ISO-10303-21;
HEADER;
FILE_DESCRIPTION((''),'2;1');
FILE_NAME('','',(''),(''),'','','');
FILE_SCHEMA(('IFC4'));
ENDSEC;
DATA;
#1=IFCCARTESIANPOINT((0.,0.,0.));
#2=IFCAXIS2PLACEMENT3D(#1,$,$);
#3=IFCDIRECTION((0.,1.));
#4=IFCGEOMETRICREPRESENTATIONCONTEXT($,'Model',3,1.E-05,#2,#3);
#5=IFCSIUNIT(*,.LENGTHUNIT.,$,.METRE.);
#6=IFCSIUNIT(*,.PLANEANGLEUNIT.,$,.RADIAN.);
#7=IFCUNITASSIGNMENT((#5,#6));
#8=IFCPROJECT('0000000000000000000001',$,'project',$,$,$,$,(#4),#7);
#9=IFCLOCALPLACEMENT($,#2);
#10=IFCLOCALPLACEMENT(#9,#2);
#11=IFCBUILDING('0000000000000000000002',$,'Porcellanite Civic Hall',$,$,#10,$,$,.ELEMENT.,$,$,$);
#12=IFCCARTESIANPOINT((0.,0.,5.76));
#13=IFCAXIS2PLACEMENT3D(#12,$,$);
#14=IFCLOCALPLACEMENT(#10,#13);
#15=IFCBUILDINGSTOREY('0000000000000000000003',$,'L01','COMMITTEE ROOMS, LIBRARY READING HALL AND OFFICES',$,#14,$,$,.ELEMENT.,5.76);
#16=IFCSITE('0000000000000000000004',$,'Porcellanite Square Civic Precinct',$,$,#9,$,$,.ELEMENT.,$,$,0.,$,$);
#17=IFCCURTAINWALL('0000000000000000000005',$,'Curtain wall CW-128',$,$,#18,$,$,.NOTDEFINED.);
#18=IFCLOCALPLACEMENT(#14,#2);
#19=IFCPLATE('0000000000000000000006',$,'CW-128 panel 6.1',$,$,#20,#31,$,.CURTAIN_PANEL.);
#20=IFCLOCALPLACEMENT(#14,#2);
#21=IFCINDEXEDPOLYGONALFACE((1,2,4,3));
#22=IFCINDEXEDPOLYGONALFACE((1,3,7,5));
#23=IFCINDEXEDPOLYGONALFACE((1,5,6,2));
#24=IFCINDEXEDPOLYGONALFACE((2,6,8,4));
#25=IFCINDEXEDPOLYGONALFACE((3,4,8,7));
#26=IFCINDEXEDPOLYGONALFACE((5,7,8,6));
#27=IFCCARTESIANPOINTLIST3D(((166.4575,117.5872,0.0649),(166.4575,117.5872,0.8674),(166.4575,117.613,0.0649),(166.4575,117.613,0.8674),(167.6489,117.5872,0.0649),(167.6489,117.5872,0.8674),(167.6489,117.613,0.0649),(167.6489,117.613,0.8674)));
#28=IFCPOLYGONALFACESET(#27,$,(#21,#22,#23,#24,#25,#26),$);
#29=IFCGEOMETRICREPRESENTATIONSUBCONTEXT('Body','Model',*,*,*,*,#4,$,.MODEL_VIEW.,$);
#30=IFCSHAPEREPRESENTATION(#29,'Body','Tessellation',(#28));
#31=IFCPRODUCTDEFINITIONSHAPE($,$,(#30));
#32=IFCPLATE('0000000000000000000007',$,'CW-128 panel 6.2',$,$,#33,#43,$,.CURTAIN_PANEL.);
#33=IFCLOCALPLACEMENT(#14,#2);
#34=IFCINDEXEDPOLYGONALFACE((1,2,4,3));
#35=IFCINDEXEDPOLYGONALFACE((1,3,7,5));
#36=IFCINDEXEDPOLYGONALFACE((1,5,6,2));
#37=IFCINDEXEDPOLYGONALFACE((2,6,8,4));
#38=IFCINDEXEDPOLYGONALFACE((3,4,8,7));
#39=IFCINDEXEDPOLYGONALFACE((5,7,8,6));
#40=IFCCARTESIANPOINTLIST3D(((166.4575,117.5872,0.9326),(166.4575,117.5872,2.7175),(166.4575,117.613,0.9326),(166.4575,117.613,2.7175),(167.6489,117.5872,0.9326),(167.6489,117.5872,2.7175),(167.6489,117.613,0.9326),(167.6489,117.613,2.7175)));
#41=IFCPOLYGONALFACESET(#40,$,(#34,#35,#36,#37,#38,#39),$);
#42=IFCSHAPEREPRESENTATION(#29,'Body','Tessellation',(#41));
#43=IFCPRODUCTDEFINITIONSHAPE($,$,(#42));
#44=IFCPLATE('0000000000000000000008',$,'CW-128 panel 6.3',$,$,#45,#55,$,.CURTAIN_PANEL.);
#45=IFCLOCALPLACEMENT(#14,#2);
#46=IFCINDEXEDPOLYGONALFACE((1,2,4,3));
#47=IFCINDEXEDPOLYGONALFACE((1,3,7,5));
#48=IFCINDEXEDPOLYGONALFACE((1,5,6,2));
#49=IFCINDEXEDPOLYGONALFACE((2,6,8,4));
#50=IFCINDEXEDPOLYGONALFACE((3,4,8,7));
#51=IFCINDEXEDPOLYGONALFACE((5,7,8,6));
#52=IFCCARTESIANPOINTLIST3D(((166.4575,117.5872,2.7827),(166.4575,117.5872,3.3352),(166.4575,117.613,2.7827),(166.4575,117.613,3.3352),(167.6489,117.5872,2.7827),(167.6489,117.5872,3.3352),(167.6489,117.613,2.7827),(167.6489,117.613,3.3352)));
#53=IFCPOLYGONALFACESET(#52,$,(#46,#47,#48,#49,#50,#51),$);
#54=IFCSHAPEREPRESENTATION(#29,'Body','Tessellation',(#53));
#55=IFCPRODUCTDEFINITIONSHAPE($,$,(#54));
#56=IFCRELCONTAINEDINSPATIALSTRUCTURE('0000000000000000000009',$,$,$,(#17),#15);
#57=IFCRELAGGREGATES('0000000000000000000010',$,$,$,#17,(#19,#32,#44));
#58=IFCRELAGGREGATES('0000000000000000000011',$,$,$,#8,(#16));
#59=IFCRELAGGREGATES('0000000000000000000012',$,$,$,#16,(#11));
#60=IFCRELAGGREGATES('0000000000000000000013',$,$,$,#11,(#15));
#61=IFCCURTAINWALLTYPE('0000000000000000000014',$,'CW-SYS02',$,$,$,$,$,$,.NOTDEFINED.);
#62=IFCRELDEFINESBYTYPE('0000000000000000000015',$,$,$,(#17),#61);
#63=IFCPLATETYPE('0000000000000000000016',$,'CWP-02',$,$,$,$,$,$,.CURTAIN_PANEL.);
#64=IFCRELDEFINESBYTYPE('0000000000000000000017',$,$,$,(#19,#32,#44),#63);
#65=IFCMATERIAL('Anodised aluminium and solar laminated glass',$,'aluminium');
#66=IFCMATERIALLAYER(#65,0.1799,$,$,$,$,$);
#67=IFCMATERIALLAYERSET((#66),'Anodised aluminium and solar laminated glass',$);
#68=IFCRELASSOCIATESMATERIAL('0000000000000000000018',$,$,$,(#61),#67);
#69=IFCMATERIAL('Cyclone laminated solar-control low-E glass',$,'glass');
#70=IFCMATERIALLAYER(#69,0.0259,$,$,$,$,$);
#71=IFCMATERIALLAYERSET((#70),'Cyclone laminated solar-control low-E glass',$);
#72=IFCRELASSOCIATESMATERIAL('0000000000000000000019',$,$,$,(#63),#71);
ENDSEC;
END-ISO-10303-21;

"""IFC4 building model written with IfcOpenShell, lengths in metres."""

from ifc_helpers import new_model, si_unit, direction, frame, origin, origin_2d, place, context, subcontext, project, spatial, rectangle, extrude, material, layer, layer_set, type_object, element, aggregate, save


model = new_model("IFC4")

# Units and contexts
model_context = context("Model", 3, precision=1e-05, world=origin(), true_north=direction((0.0, 1.0)))
body_context = subcontext(model_context, "Body", "Model", "MODEL_VIEW")
ifc_project = project(units=[si_unit("LENGTHUNIT", "METRE"), si_unit("PLANEANGLEUNIT", "RADIAN")], contexts=[model_context])

# Site, building, storey
site_placement = place(None, origin())
site = spatial("IfcSite", under=ifc_project, at=site_placement, Name="Porcellanite Square Civic Precinct", CompositionType="ELEMENT", RefElevation=0.0)
building_placement = place(site_placement, origin())
building = spatial("IfcBuilding", under=site, at=building_placement, Name="Porcellanite Civic Hall", CompositionType="ELEMENT")
storey_placement = place(building_placement, frame((0.0, 0.0, 5.76)))
storey = spatial("IfcBuildingStorey", under=building, at=storey_placement, Name="L01", Description="COMMITTEE ROOMS, LIBRARY READING HALL AND OFFICES", CompositionType="ELEMENT", Elevation=5.76)

# Curtain wall, plates
ifc_material_1 = material(Name="Anodised aluminium and solar laminated glass", Category="aluminium")
ifc_layer_1 = layer(ifc_material_1, 0.1799)
ifc_layer_set_1 = layer_set([ifc_layer_1], Name="Anodised aluminium and solar laminated glass")
curtain_wall_type = type_object("IfcCurtainWallType", Name="CW-SYS02", PredefinedType="NOTDEFINED", material=ifc_layer_set_1)
curtain_wall_placement = place(storey_placement, origin())
curtain_wall = element("IfcCurtainWall", 1, at=curtain_wall_placement, inside=storey, type_object=curtain_wall_type, Name="Curtain wall CW-128", PredefinedType="NOTDEFINED")
ifc_material_2 = material(Name="Cyclone laminated solar-control low-E glass", Category="glass")
ifc_layer_2 = layer(ifc_material_2, 0.0259)
ifc_layer_set_2 = layer_set([ifc_layer_2], Name="Cyclone laminated solar-control low-E glass")
plate_type = type_object("IfcPlateType", Name="CWP-02", PredefinedType="CURTAIN_PANEL", material=ifc_layer_set_2)
plate_1_placement = place(storey_placement, frame((167.0532, 117.6001, 0.0649), z_axis=(0.0, 0.0, 1.0), x_axis=(1.0, 0.0, 0.0)))
plate_1 = element("IfcPlate", 2, at=plate_1_placement, type_object=plate_type, Name="CW-128 panel 6.1", PredefinedType="CURTAIN_PANEL", context=body_context, shape_type="SweptSolid", body=[
    extrude(rectangle(XDim=1.1914, YDim=0.0259, at=origin_2d()), origin(), (0.0, 0.0, 1.0), 0.8025),
])
plate_2_placement = place(storey_placement, frame((167.0532, 117.6001, 0.9326), z_axis=(0.0, 0.0, 1.0), x_axis=(1.0, 0.0, 0.0)))
plate_2 = element("IfcPlate", 3, at=plate_2_placement, type_object=plate_type, Name="CW-128 panel 6.2", PredefinedType="CURTAIN_PANEL", context=body_context, shape_type="SweptSolid", body=[
    extrude(rectangle(XDim=1.1914, YDim=0.0259, at=origin_2d()), origin(), (0.0, 0.0, 1.0), 1.7849),
])
plate_3_placement = place(storey_placement, frame((167.0532, 117.6001, 2.7827), z_axis=(0.0, 0.0, 1.0), x_axis=(1.0, 0.0, 0.0)))
plate_3 = element("IfcPlate", 4, at=plate_3_placement, type_object=plate_type, Name="CW-128 panel 6.3", PredefinedType="CURTAIN_PANEL", context=body_context, shape_type="SweptSolid", body=[
    extrude(rectangle(XDim=1.1914, YDim=0.0259, at=origin_2d()), origin(), (0.0, 0.0, 1.0), 0.5525),
])
aggregate(curtain_wall, [plate_1, plate_2, plate_3])

save(model, "model.ifc")
